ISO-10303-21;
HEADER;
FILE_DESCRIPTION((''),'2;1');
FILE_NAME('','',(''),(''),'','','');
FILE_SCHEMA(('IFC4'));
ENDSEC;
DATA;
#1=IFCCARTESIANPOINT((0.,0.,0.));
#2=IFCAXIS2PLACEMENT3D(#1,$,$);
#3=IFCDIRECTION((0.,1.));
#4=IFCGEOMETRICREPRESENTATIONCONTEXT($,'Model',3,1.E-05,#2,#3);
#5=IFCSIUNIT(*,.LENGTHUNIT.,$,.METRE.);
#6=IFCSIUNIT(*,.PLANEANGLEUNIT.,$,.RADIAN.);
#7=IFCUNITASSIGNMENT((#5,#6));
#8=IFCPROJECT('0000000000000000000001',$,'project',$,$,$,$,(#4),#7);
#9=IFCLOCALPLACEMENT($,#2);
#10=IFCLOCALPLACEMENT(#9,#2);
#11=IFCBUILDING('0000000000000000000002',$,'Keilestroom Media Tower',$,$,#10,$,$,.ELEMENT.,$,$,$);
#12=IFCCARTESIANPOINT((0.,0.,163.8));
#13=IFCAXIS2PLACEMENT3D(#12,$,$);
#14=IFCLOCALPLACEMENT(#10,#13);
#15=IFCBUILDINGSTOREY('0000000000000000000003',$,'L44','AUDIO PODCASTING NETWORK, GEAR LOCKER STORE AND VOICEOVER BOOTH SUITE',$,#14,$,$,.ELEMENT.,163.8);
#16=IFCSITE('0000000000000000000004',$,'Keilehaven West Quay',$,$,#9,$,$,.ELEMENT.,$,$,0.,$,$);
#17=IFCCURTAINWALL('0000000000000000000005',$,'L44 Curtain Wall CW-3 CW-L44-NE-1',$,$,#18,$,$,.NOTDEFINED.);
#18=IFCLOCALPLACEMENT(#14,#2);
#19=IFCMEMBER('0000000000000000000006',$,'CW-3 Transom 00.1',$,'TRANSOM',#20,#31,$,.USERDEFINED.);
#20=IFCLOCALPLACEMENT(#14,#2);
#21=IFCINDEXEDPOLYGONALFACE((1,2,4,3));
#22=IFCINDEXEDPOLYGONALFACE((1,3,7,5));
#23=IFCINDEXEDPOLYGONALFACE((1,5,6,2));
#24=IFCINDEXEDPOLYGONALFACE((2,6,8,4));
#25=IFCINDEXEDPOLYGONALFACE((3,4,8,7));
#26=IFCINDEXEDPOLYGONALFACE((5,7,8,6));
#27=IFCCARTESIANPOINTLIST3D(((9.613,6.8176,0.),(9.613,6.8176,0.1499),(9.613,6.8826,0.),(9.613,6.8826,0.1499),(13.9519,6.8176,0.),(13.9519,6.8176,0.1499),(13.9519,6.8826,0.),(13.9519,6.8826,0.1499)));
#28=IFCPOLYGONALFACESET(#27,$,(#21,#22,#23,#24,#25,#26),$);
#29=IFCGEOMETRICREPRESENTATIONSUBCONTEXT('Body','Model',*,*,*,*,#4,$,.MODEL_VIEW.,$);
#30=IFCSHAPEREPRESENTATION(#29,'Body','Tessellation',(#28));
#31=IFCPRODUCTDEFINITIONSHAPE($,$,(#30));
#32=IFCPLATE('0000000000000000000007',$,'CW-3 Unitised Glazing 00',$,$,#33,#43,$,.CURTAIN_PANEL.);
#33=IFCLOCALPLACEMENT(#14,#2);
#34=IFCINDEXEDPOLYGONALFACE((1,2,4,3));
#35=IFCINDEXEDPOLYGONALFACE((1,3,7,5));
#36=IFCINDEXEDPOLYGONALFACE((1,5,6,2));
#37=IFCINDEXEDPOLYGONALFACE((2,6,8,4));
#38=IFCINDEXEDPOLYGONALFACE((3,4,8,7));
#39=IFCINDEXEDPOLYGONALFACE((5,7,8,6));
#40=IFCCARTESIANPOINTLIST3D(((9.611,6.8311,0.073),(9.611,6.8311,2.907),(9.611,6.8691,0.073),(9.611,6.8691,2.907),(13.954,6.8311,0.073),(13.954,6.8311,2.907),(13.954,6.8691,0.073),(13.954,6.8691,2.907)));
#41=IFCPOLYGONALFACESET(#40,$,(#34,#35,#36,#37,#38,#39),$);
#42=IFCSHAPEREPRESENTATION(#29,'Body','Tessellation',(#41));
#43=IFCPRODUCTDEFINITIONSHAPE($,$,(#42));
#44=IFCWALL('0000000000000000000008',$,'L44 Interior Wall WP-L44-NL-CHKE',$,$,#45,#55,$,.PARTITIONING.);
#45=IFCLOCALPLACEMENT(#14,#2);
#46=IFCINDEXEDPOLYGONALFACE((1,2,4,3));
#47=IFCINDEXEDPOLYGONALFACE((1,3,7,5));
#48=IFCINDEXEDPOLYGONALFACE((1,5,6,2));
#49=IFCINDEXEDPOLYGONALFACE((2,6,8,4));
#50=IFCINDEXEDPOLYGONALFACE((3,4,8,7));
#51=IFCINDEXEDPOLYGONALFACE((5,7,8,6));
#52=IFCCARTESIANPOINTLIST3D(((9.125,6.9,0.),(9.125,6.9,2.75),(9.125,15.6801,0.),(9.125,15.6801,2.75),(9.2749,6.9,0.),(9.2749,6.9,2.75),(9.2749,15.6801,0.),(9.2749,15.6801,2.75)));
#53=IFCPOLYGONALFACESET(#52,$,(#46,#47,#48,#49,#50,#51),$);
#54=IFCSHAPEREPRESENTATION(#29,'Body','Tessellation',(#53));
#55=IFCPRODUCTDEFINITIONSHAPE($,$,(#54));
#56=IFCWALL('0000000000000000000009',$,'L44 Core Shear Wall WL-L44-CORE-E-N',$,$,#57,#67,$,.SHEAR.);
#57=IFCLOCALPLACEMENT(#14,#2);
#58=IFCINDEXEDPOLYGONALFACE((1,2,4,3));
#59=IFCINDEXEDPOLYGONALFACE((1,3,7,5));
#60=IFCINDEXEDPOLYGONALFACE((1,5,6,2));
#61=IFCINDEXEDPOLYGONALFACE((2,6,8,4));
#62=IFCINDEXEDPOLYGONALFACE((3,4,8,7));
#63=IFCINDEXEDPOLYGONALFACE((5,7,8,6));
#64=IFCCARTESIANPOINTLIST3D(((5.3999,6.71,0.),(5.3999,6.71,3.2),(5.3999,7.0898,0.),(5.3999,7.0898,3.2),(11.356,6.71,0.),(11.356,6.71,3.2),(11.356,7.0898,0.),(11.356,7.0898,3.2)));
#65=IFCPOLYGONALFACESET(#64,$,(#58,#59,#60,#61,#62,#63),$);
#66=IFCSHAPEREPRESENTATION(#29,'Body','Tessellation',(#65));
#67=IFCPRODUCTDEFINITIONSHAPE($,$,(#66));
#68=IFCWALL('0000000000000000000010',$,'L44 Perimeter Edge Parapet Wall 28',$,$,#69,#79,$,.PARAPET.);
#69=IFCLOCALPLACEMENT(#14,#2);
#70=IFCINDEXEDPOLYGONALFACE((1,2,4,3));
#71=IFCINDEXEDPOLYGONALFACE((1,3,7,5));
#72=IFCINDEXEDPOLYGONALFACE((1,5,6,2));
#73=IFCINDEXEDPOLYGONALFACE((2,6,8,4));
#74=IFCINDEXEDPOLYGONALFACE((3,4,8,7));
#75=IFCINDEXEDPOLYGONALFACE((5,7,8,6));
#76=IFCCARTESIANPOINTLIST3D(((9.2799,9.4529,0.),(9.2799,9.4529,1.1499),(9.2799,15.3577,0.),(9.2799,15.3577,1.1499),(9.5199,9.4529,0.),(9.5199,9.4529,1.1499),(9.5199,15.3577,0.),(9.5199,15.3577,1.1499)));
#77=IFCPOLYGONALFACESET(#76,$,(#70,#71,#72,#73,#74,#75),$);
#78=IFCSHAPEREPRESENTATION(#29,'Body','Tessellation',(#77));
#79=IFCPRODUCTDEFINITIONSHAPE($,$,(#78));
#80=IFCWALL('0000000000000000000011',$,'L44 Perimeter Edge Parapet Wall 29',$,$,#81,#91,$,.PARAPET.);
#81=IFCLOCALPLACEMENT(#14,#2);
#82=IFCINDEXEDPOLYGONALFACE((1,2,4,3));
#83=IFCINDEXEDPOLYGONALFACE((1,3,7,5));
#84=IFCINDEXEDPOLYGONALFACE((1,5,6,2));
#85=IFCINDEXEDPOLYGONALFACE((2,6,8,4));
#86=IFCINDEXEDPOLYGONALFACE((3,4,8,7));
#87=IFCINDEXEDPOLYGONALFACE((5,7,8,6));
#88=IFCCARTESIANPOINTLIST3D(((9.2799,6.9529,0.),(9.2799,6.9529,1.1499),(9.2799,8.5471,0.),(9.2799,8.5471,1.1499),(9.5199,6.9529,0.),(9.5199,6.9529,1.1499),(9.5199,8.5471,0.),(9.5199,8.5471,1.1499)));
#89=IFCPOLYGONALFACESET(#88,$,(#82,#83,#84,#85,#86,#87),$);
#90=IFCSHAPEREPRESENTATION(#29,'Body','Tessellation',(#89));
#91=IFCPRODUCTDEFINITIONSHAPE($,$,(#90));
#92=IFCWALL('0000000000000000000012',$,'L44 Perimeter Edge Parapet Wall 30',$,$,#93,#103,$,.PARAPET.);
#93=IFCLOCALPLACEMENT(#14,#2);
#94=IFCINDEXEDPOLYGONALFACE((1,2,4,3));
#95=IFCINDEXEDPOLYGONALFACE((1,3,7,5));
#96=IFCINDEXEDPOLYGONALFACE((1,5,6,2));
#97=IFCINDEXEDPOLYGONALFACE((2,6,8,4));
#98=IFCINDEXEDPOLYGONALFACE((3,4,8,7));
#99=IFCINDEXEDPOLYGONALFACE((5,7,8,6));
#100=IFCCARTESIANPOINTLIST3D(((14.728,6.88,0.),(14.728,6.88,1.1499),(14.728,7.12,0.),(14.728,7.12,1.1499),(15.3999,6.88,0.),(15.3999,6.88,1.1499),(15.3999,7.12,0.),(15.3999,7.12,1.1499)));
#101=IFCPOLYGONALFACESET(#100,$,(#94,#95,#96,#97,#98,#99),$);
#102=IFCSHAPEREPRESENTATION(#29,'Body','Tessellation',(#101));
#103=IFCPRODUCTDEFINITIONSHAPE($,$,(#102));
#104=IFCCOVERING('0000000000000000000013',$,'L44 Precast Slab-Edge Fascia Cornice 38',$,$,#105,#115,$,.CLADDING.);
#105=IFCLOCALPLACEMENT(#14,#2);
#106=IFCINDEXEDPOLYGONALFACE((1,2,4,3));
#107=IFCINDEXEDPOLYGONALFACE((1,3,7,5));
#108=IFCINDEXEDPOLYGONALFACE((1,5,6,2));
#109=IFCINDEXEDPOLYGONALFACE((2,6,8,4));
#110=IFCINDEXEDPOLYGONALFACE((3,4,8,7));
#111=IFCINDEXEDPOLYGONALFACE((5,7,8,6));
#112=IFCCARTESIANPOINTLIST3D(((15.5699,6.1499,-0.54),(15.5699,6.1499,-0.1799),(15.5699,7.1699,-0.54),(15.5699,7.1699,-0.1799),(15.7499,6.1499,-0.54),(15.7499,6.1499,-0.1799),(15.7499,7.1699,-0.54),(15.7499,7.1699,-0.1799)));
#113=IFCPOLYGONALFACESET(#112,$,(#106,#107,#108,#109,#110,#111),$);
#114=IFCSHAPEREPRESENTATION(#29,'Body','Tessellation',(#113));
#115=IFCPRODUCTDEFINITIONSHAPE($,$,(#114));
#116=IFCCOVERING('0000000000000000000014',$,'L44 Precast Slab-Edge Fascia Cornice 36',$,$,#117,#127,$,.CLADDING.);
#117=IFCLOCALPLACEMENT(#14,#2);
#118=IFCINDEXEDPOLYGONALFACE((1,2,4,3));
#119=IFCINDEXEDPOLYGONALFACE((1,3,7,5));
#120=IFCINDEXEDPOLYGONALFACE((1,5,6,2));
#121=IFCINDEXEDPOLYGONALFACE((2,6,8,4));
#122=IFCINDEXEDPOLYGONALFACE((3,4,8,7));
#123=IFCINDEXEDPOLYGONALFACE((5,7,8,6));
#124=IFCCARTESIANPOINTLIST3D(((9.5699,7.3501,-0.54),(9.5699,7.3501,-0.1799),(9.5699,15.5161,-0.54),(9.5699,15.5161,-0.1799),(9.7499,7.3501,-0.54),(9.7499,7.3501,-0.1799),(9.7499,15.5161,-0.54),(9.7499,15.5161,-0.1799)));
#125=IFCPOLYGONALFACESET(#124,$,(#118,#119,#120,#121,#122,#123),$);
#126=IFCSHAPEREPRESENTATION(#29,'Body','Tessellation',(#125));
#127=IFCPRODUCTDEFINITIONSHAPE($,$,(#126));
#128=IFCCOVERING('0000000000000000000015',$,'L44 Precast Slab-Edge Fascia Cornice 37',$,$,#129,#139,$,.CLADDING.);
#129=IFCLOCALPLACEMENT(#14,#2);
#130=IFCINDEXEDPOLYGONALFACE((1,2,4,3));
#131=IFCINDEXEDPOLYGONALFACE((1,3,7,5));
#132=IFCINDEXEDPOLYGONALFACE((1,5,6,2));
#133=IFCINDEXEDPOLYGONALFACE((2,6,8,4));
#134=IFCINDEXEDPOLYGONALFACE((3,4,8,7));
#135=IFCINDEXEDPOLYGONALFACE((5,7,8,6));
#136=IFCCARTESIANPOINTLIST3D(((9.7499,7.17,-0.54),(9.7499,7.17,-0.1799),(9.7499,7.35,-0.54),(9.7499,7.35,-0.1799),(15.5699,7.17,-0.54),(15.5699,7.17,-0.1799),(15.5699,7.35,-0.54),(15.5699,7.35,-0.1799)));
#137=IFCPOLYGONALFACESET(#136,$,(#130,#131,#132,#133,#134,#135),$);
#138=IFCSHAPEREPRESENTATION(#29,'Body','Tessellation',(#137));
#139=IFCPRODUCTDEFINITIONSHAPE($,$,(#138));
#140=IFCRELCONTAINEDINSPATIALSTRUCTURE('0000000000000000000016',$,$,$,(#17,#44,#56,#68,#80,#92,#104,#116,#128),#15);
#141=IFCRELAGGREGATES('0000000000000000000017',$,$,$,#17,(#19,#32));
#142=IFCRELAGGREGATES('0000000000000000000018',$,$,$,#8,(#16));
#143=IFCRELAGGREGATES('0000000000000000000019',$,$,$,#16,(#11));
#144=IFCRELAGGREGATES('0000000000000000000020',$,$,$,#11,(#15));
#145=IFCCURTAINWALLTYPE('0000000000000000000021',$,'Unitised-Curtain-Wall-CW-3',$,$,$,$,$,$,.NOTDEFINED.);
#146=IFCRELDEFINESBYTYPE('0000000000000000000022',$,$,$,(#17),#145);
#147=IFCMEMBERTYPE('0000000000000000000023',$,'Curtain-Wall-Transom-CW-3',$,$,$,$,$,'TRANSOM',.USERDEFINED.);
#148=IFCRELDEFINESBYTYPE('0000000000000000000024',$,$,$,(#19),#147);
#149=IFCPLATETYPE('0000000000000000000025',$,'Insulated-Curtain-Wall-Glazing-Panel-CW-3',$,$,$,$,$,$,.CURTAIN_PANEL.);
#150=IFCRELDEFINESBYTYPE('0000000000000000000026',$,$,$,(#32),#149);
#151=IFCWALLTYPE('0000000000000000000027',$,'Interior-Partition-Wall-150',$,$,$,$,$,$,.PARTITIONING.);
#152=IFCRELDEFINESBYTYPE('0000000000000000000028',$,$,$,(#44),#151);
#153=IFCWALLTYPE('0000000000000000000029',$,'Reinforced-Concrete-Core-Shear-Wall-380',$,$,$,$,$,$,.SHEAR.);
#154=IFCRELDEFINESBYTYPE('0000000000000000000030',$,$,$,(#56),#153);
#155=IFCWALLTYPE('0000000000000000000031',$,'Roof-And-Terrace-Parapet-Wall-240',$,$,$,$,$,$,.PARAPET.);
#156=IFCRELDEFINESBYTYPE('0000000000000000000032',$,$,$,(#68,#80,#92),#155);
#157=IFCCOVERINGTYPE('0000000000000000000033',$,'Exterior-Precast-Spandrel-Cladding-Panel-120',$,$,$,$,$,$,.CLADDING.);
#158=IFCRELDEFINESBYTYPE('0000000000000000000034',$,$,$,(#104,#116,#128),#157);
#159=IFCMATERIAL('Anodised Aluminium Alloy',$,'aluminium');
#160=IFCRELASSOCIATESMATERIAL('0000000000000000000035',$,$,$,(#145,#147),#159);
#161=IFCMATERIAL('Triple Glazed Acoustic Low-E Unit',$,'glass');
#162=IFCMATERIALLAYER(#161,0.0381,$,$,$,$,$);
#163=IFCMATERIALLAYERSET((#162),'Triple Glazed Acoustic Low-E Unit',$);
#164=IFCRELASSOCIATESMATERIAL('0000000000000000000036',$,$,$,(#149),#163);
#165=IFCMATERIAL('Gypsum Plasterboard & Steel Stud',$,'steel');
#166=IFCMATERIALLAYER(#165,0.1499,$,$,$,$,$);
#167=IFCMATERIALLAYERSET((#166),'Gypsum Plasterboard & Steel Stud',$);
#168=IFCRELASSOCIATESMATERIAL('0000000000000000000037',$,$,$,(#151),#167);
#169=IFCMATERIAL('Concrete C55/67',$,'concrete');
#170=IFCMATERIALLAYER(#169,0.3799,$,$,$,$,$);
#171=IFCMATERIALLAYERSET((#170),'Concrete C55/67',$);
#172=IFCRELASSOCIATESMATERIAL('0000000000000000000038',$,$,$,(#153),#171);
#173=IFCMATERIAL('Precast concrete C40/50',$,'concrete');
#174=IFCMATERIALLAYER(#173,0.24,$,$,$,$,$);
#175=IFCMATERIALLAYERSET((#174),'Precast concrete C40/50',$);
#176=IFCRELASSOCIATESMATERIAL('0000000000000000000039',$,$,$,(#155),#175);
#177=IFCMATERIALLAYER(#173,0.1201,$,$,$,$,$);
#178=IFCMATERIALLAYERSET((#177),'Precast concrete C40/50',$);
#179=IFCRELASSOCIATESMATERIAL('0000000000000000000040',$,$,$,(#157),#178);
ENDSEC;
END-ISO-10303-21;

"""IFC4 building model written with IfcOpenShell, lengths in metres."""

from ifc_helpers import new_model, si_unit, direction, frame, frame_2d, origin, origin_2d, place, context, subcontext, project, spatial, rectangle, extrude, source, transform, mapped, material, layer, layer_set, material_profile, profile_set, type_object, element, aggregate, save


model = new_model("IFC4")

# Units and contexts
model_context = context("Model", 3, precision=1e-05, world=origin(), true_north=direction((0.0, 1.0)))
body_context = subcontext(model_context, "Body", "Model", "MODEL_VIEW")
ifc_project = project(units=[si_unit("LENGTHUNIT", "METRE"), si_unit("PLANEANGLEUNIT", "RADIAN")], contexts=[model_context])

# Site, building, storey
site_placement = place(None, origin())
site = spatial("IfcSite", under=ifc_project, at=site_placement, Name="Keilehaven West Quay", CompositionType="ELEMENT", RefElevation=0.0)
building_placement = place(site_placement, origin())
building = spatial("IfcBuilding", under=site, at=building_placement, Name="Keilestroom Media Tower", CompositionType="ELEMENT")
storey_placement = place(building_placement, frame((0.0, 0.0, 163.8)))
storey = spatial("IfcBuildingStorey", under=building, at=storey_placement, Name="L44", Description="AUDIO PODCASTING NETWORK, GEAR LOCKER STORE AND VOICEOVER BOOTH SUITE", CompositionType="ELEMENT", Elevation=163.8)

# Shared definitions
ifc_material_1 = material(Name="Precast concrete C40/50", Category="concrete")
ifc_material_2 = material(Name="Concrete C55/67", Category="concrete")

# Curtain wall, member, plate
ifc_material_3 = material(Name="Anodised Aluminium Alloy", Category="aluminium")
curtain_wall_type = type_object("IfcCurtainWallType", Name="Unitised-Curtain-Wall-CW-3", PredefinedType="NOTDEFINED", material=ifc_material_3)
curtain_wall_placement = place(storey_placement, origin())
curtain_wall = element("IfcCurtainWall", 1, at=curtain_wall_placement, inside=storey, type_object=curtain_wall_type, Name="L44 Curtain Wall CW-3 CW-L44-NE-1", PredefinedType="NOTDEFINED")
ifc_material_profile_1 = material_profile(ifc_material_3, rectangle(XDim=0.0649, YDim=0.1499, at=origin_2d()), Name="ALU TRANSOM 65x150")
ifc_profile_set_1 = profile_set([ifc_material_profile_1], Name="Anodised Aluminium Alloy")
member_type_1 = type_object("IfcMemberType", Name="Curtain-Wall-Transom-CW-3", ElementType="TRANSOM", PredefinedType="USERDEFINED", material=ifc_profile_set_1)
shared_shape_1 = source(origin(), body_context, "Body", "SweptSolid", [
    extrude(rectangle(XDim=0.0649, YDim=0.1499, at=origin_2d()), origin(), (0.0, 0.0, 1.0), 4.3389),
])
member_1_placement = place(storey_placement, frame((9.613, 6.8501, 0.075), z_axis=(1.0, 0.0, 0.0), x_axis=(0.0, 1.0, 0.0)))
member_1 = element("IfcMember", 2, at=member_1_placement, type_object=member_type_1, Name="CW-3 Transom 00.1", ObjectType="TRANSOM", PredefinedType="USERDEFINED", context=body_context, shape_type="MappedRepresentation", body=[
    mapped(shared_shape_1, transform((0.0, 0.0, 0.0), x_axis=(1.0, 0.0, 0.0), y_axis=(0.0, 1.0, 0.0), z_axis=(0.0, 0.0, 1.0), scale=1.0)),
])
ifc_material_4 = material(Name="Triple Glazed Acoustic Low-E Unit", Category="glass")
ifc_layer_1 = layer(ifc_material_4, 0.0381)
ifc_layer_set_1 = layer_set([ifc_layer_1], Name="Triple Glazed Acoustic Low-E Unit")
plate_type = type_object("IfcPlateType", Name="Insulated-Curtain-Wall-Glazing-Panel-CW-3", PredefinedType="CURTAIN_PANEL", material=ifc_layer_set_1)
shared_shape_2 = source(origin(), body_context, "Body", "SweptSolid", [
    extrude(rectangle(XDim=4.343, YDim=0.0381, at=origin_2d()), origin(), (0.0, 0.0, 1.0), 2.834),
])
plate_placement = place(storey_placement, frame((11.7825, 6.8501, 0.073), z_axis=(0.0, 0.0, 1.0), x_axis=(1.0, 0.0, 0.0)))
plate = element("IfcPlate", 3, at=plate_placement, type_object=plate_type, Name="CW-3 Unitised Glazing 00", PredefinedType="CURTAIN_PANEL", context=body_context, shape_type="MappedRepresentation", body=[
    mapped(shared_shape_2, transform((0.0, 0.0, 0.0), x_axis=(1.0, 0.0, 0.0), y_axis=(0.0, 1.0, 0.0), z_axis=(0.0, 0.0, 1.0), scale=1.0)),
])
aggregate(curtain_wall, [member_1, plate])

# Walls
ifc_material_5 = material(Name="Gypsum Plasterboard & Steel Stud", Category="steel")
ifc_layer_2 = layer(ifc_material_5, 0.1499)
ifc_layer_set_2 = layer_set([ifc_layer_2], Name="Gypsum Plasterboard & Steel Stud")
wall_type_1 = type_object("IfcWallType", Name="Interior-Partition-Wall-150", PredefinedType="PARTITIONING", material=ifc_layer_set_2)
wall_1_placement = place(storey_placement, frame((9.2, 6.8999, 0.0), z_axis=(0.0, 0.0, 1.0), x_axis=(0.0, 1.0, 0.0)))
element("IfcWall", 4, at=wall_1_placement, inside=storey, type_object=wall_type_1, Name="L44 Interior Wall WP-L44-NL-CHKE", PredefinedType="PARTITIONING", context=body_context, shape_type="SweptSolid", body=[
    extrude(rectangle(XDim=8.78, YDim=0.1499, at=frame_2d((4.3901, 0.0))), origin(), (0.0, 0.0, 1.0), 2.75),
])
ifc_layer_3 = layer(ifc_material_2, 0.3799)
ifc_layer_set_3 = layer_set([ifc_layer_3], Name="Concrete C55/67")
wall_type_2 = type_object("IfcWallType", Name="Reinforced-Concrete-Core-Shear-Wall-380", PredefinedType="SHEAR", material=ifc_layer_set_3)
wall_2_placement = place(storey_placement, frame((5.3999, 6.8999, 0.0), z_axis=(0.0, 0.0, 1.0), x_axis=(1.0, 0.0, 0.0)))
element("IfcWall", 5, at=wall_2_placement, inside=storey, type_object=wall_type_2, Name="L44 Core Shear Wall WL-L44-CORE-E-N", PredefinedType="SHEAR", context=body_context, shape_type="SweptSolid", body=[
    extrude(rectangle(XDim=5.9561, YDim=0.3799, at=frame_2d((2.978, 0.0))), origin(), (0.0, 0.0, 1.0), 3.2),
])
ifc_layer_4 = layer(ifc_material_1, 0.24)
ifc_layer_set_4 = layer_set([ifc_layer_4], Name="Precast concrete C40/50")
wall_type_3 = type_object("IfcWallType", Name="Roof-And-Terrace-Parapet-Wall-240", PredefinedType="PARAPET", material=ifc_layer_set_4)
wall_3_placement = place(storey_placement, frame((9.3999, 15.3577, 0.0), z_axis=(0.0, 0.0, 1.0), x_axis=(0.0, -1.0, 0.0)))
element("IfcWall", 6, at=wall_3_placement, inside=storey, type_object=wall_type_3, Name="L44 Perimeter Edge Parapet Wall 28", PredefinedType="PARAPET", context=body_context, shape_type="SweptSolid", body=[
    extrude(rectangle(XDim=5.9048, YDim=0.24, at=frame_2d((2.9524, 0.0))), origin(), (0.0, 0.0, 1.0), 1.1499),
])
wall_4_placement = place(storey_placement, frame((9.3999, 8.5471, 0.0), z_axis=(0.0, 0.0, 1.0), x_axis=(0.0, -1.0, 0.0)))
element("IfcWall", 7, at=wall_4_placement, inside=storey, type_object=wall_type_3, Name="L44 Perimeter Edge Parapet Wall 29", PredefinedType="PARAPET", context=body_context, shape_type="SweptSolid", body=[
    extrude(rectangle(XDim=1.5942, YDim=0.24, at=frame_2d((0.7971, 0.0))), origin(), (0.0, 0.0, 1.0), 1.1499),
])
wall_5_placement = place(storey_placement, frame((14.728, 7.0, 0.0), z_axis=(0.0, 0.0, 1.0), x_axis=(1.0, 0.0, 0.0)))
element("IfcWall", 8, at=wall_5_placement, inside=storey, type_object=wall_type_3, Name="L44 Perimeter Edge Parapet Wall 30", PredefinedType="PARAPET", context=body_context, shape_type="SweptSolid", body=[
    extrude(rectangle(XDim=0.6719, YDim=0.24, at=frame_2d((0.3359, 0.0))), origin(), (0.0, 0.0, 1.0), 1.1499),
])

# Coverings
ifc_layer_5 = layer(ifc_material_1, 0.1201)
ifc_layer_set_5 = layer_set([ifc_layer_5], Name="Precast concrete C40/50")
covering_type = type_object("IfcCoveringType", Name="Exterior-Precast-Spandrel-Cladding-Panel-120", PredefinedType="CLADDING", material=ifc_layer_set_5)
shared_shape_3 = source(origin(), body_context, "Body", "SweptSolid", [
    extrude(rectangle(XDim=1.02, YDim=0.1799, at=origin_2d()), origin(), (0.0, 0.0, 1.0), 0.3601),
])
covering_1_placement = place(storey_placement, frame((15.6599, 6.6599, -0.54), z_axis=(0.0, 0.0, 1.0), x_axis=(0.0, -1.0, 0.0)))
element("IfcCovering", 9, at=covering_1_placement, inside=storey, type_object=covering_type, Name="L44 Precast Slab-Edge Fascia Cornice 38", PredefinedType="CLADDING", context=body_context, shape_type="MappedRepresentation", body=[
    mapped(shared_shape_3, transform((0.0, 0.0, 0.0), x_axis=(1.0, 0.0, 0.0), y_axis=(0.0, 1.0, 0.0), z_axis=(0.0, 0.0, 1.0), scale=1.0)),
])
shared_shape_4 = source(origin(), body_context, "Body", "SweptSolid", [
    extrude(rectangle(XDim=8.166, YDim=0.1799, at=origin_2d()), origin(), (0.0, 0.0, 1.0), 0.3601),
])
covering_2_placement = place(storey_placement, frame((9.6599, 11.4331, -0.54), z_axis=(0.0, 0.0, 1.0), x_axis=(0.0, -1.0, 0.0)))
element("IfcCovering", 10, at=covering_2_placement, inside=storey, type_object=covering_type, Name="L44 Precast Slab-Edge Fascia Cornice 36", PredefinedType="CLADDING", context=body_context, shape_type="MappedRepresentation", body=[
    mapped(shared_shape_4, transform((0.0, 0.0, 0.0), x_axis=(1.0, 0.0, 0.0), y_axis=(0.0, 1.0, 0.0), z_axis=(0.0, 0.0, 1.0), scale=1.0)),
])
shared_shape_5 = source(origin(), body_context, "Body", "SweptSolid", [
    extrude(rectangle(XDim=5.8201, YDim=0.1799, at=origin_2d()), origin(), (0.0, 0.0, 1.0), 0.3601),
])
covering_3_placement = place(storey_placement, frame((12.6599, 7.26, -0.54), z_axis=(0.0, 0.0, 1.0), x_axis=(1.0, 0.0, 0.0)))
element("IfcCovering", 11, at=covering_3_placement, inside=storey, type_object=covering_type, Name="L44 Precast Slab-Edge Fascia Cornice 37", PredefinedType="CLADDING", context=body_context, shape_type="MappedRepresentation", body=[
    mapped(shared_shape_5, transform((0.0, 0.0, 0.0), x_axis=(1.0, 0.0, 0.0), y_axis=(0.0, 1.0, 0.0), z_axis=(0.0, 0.0, 1.0), scale=1.0)),
])

save(model, "model.ifc")
